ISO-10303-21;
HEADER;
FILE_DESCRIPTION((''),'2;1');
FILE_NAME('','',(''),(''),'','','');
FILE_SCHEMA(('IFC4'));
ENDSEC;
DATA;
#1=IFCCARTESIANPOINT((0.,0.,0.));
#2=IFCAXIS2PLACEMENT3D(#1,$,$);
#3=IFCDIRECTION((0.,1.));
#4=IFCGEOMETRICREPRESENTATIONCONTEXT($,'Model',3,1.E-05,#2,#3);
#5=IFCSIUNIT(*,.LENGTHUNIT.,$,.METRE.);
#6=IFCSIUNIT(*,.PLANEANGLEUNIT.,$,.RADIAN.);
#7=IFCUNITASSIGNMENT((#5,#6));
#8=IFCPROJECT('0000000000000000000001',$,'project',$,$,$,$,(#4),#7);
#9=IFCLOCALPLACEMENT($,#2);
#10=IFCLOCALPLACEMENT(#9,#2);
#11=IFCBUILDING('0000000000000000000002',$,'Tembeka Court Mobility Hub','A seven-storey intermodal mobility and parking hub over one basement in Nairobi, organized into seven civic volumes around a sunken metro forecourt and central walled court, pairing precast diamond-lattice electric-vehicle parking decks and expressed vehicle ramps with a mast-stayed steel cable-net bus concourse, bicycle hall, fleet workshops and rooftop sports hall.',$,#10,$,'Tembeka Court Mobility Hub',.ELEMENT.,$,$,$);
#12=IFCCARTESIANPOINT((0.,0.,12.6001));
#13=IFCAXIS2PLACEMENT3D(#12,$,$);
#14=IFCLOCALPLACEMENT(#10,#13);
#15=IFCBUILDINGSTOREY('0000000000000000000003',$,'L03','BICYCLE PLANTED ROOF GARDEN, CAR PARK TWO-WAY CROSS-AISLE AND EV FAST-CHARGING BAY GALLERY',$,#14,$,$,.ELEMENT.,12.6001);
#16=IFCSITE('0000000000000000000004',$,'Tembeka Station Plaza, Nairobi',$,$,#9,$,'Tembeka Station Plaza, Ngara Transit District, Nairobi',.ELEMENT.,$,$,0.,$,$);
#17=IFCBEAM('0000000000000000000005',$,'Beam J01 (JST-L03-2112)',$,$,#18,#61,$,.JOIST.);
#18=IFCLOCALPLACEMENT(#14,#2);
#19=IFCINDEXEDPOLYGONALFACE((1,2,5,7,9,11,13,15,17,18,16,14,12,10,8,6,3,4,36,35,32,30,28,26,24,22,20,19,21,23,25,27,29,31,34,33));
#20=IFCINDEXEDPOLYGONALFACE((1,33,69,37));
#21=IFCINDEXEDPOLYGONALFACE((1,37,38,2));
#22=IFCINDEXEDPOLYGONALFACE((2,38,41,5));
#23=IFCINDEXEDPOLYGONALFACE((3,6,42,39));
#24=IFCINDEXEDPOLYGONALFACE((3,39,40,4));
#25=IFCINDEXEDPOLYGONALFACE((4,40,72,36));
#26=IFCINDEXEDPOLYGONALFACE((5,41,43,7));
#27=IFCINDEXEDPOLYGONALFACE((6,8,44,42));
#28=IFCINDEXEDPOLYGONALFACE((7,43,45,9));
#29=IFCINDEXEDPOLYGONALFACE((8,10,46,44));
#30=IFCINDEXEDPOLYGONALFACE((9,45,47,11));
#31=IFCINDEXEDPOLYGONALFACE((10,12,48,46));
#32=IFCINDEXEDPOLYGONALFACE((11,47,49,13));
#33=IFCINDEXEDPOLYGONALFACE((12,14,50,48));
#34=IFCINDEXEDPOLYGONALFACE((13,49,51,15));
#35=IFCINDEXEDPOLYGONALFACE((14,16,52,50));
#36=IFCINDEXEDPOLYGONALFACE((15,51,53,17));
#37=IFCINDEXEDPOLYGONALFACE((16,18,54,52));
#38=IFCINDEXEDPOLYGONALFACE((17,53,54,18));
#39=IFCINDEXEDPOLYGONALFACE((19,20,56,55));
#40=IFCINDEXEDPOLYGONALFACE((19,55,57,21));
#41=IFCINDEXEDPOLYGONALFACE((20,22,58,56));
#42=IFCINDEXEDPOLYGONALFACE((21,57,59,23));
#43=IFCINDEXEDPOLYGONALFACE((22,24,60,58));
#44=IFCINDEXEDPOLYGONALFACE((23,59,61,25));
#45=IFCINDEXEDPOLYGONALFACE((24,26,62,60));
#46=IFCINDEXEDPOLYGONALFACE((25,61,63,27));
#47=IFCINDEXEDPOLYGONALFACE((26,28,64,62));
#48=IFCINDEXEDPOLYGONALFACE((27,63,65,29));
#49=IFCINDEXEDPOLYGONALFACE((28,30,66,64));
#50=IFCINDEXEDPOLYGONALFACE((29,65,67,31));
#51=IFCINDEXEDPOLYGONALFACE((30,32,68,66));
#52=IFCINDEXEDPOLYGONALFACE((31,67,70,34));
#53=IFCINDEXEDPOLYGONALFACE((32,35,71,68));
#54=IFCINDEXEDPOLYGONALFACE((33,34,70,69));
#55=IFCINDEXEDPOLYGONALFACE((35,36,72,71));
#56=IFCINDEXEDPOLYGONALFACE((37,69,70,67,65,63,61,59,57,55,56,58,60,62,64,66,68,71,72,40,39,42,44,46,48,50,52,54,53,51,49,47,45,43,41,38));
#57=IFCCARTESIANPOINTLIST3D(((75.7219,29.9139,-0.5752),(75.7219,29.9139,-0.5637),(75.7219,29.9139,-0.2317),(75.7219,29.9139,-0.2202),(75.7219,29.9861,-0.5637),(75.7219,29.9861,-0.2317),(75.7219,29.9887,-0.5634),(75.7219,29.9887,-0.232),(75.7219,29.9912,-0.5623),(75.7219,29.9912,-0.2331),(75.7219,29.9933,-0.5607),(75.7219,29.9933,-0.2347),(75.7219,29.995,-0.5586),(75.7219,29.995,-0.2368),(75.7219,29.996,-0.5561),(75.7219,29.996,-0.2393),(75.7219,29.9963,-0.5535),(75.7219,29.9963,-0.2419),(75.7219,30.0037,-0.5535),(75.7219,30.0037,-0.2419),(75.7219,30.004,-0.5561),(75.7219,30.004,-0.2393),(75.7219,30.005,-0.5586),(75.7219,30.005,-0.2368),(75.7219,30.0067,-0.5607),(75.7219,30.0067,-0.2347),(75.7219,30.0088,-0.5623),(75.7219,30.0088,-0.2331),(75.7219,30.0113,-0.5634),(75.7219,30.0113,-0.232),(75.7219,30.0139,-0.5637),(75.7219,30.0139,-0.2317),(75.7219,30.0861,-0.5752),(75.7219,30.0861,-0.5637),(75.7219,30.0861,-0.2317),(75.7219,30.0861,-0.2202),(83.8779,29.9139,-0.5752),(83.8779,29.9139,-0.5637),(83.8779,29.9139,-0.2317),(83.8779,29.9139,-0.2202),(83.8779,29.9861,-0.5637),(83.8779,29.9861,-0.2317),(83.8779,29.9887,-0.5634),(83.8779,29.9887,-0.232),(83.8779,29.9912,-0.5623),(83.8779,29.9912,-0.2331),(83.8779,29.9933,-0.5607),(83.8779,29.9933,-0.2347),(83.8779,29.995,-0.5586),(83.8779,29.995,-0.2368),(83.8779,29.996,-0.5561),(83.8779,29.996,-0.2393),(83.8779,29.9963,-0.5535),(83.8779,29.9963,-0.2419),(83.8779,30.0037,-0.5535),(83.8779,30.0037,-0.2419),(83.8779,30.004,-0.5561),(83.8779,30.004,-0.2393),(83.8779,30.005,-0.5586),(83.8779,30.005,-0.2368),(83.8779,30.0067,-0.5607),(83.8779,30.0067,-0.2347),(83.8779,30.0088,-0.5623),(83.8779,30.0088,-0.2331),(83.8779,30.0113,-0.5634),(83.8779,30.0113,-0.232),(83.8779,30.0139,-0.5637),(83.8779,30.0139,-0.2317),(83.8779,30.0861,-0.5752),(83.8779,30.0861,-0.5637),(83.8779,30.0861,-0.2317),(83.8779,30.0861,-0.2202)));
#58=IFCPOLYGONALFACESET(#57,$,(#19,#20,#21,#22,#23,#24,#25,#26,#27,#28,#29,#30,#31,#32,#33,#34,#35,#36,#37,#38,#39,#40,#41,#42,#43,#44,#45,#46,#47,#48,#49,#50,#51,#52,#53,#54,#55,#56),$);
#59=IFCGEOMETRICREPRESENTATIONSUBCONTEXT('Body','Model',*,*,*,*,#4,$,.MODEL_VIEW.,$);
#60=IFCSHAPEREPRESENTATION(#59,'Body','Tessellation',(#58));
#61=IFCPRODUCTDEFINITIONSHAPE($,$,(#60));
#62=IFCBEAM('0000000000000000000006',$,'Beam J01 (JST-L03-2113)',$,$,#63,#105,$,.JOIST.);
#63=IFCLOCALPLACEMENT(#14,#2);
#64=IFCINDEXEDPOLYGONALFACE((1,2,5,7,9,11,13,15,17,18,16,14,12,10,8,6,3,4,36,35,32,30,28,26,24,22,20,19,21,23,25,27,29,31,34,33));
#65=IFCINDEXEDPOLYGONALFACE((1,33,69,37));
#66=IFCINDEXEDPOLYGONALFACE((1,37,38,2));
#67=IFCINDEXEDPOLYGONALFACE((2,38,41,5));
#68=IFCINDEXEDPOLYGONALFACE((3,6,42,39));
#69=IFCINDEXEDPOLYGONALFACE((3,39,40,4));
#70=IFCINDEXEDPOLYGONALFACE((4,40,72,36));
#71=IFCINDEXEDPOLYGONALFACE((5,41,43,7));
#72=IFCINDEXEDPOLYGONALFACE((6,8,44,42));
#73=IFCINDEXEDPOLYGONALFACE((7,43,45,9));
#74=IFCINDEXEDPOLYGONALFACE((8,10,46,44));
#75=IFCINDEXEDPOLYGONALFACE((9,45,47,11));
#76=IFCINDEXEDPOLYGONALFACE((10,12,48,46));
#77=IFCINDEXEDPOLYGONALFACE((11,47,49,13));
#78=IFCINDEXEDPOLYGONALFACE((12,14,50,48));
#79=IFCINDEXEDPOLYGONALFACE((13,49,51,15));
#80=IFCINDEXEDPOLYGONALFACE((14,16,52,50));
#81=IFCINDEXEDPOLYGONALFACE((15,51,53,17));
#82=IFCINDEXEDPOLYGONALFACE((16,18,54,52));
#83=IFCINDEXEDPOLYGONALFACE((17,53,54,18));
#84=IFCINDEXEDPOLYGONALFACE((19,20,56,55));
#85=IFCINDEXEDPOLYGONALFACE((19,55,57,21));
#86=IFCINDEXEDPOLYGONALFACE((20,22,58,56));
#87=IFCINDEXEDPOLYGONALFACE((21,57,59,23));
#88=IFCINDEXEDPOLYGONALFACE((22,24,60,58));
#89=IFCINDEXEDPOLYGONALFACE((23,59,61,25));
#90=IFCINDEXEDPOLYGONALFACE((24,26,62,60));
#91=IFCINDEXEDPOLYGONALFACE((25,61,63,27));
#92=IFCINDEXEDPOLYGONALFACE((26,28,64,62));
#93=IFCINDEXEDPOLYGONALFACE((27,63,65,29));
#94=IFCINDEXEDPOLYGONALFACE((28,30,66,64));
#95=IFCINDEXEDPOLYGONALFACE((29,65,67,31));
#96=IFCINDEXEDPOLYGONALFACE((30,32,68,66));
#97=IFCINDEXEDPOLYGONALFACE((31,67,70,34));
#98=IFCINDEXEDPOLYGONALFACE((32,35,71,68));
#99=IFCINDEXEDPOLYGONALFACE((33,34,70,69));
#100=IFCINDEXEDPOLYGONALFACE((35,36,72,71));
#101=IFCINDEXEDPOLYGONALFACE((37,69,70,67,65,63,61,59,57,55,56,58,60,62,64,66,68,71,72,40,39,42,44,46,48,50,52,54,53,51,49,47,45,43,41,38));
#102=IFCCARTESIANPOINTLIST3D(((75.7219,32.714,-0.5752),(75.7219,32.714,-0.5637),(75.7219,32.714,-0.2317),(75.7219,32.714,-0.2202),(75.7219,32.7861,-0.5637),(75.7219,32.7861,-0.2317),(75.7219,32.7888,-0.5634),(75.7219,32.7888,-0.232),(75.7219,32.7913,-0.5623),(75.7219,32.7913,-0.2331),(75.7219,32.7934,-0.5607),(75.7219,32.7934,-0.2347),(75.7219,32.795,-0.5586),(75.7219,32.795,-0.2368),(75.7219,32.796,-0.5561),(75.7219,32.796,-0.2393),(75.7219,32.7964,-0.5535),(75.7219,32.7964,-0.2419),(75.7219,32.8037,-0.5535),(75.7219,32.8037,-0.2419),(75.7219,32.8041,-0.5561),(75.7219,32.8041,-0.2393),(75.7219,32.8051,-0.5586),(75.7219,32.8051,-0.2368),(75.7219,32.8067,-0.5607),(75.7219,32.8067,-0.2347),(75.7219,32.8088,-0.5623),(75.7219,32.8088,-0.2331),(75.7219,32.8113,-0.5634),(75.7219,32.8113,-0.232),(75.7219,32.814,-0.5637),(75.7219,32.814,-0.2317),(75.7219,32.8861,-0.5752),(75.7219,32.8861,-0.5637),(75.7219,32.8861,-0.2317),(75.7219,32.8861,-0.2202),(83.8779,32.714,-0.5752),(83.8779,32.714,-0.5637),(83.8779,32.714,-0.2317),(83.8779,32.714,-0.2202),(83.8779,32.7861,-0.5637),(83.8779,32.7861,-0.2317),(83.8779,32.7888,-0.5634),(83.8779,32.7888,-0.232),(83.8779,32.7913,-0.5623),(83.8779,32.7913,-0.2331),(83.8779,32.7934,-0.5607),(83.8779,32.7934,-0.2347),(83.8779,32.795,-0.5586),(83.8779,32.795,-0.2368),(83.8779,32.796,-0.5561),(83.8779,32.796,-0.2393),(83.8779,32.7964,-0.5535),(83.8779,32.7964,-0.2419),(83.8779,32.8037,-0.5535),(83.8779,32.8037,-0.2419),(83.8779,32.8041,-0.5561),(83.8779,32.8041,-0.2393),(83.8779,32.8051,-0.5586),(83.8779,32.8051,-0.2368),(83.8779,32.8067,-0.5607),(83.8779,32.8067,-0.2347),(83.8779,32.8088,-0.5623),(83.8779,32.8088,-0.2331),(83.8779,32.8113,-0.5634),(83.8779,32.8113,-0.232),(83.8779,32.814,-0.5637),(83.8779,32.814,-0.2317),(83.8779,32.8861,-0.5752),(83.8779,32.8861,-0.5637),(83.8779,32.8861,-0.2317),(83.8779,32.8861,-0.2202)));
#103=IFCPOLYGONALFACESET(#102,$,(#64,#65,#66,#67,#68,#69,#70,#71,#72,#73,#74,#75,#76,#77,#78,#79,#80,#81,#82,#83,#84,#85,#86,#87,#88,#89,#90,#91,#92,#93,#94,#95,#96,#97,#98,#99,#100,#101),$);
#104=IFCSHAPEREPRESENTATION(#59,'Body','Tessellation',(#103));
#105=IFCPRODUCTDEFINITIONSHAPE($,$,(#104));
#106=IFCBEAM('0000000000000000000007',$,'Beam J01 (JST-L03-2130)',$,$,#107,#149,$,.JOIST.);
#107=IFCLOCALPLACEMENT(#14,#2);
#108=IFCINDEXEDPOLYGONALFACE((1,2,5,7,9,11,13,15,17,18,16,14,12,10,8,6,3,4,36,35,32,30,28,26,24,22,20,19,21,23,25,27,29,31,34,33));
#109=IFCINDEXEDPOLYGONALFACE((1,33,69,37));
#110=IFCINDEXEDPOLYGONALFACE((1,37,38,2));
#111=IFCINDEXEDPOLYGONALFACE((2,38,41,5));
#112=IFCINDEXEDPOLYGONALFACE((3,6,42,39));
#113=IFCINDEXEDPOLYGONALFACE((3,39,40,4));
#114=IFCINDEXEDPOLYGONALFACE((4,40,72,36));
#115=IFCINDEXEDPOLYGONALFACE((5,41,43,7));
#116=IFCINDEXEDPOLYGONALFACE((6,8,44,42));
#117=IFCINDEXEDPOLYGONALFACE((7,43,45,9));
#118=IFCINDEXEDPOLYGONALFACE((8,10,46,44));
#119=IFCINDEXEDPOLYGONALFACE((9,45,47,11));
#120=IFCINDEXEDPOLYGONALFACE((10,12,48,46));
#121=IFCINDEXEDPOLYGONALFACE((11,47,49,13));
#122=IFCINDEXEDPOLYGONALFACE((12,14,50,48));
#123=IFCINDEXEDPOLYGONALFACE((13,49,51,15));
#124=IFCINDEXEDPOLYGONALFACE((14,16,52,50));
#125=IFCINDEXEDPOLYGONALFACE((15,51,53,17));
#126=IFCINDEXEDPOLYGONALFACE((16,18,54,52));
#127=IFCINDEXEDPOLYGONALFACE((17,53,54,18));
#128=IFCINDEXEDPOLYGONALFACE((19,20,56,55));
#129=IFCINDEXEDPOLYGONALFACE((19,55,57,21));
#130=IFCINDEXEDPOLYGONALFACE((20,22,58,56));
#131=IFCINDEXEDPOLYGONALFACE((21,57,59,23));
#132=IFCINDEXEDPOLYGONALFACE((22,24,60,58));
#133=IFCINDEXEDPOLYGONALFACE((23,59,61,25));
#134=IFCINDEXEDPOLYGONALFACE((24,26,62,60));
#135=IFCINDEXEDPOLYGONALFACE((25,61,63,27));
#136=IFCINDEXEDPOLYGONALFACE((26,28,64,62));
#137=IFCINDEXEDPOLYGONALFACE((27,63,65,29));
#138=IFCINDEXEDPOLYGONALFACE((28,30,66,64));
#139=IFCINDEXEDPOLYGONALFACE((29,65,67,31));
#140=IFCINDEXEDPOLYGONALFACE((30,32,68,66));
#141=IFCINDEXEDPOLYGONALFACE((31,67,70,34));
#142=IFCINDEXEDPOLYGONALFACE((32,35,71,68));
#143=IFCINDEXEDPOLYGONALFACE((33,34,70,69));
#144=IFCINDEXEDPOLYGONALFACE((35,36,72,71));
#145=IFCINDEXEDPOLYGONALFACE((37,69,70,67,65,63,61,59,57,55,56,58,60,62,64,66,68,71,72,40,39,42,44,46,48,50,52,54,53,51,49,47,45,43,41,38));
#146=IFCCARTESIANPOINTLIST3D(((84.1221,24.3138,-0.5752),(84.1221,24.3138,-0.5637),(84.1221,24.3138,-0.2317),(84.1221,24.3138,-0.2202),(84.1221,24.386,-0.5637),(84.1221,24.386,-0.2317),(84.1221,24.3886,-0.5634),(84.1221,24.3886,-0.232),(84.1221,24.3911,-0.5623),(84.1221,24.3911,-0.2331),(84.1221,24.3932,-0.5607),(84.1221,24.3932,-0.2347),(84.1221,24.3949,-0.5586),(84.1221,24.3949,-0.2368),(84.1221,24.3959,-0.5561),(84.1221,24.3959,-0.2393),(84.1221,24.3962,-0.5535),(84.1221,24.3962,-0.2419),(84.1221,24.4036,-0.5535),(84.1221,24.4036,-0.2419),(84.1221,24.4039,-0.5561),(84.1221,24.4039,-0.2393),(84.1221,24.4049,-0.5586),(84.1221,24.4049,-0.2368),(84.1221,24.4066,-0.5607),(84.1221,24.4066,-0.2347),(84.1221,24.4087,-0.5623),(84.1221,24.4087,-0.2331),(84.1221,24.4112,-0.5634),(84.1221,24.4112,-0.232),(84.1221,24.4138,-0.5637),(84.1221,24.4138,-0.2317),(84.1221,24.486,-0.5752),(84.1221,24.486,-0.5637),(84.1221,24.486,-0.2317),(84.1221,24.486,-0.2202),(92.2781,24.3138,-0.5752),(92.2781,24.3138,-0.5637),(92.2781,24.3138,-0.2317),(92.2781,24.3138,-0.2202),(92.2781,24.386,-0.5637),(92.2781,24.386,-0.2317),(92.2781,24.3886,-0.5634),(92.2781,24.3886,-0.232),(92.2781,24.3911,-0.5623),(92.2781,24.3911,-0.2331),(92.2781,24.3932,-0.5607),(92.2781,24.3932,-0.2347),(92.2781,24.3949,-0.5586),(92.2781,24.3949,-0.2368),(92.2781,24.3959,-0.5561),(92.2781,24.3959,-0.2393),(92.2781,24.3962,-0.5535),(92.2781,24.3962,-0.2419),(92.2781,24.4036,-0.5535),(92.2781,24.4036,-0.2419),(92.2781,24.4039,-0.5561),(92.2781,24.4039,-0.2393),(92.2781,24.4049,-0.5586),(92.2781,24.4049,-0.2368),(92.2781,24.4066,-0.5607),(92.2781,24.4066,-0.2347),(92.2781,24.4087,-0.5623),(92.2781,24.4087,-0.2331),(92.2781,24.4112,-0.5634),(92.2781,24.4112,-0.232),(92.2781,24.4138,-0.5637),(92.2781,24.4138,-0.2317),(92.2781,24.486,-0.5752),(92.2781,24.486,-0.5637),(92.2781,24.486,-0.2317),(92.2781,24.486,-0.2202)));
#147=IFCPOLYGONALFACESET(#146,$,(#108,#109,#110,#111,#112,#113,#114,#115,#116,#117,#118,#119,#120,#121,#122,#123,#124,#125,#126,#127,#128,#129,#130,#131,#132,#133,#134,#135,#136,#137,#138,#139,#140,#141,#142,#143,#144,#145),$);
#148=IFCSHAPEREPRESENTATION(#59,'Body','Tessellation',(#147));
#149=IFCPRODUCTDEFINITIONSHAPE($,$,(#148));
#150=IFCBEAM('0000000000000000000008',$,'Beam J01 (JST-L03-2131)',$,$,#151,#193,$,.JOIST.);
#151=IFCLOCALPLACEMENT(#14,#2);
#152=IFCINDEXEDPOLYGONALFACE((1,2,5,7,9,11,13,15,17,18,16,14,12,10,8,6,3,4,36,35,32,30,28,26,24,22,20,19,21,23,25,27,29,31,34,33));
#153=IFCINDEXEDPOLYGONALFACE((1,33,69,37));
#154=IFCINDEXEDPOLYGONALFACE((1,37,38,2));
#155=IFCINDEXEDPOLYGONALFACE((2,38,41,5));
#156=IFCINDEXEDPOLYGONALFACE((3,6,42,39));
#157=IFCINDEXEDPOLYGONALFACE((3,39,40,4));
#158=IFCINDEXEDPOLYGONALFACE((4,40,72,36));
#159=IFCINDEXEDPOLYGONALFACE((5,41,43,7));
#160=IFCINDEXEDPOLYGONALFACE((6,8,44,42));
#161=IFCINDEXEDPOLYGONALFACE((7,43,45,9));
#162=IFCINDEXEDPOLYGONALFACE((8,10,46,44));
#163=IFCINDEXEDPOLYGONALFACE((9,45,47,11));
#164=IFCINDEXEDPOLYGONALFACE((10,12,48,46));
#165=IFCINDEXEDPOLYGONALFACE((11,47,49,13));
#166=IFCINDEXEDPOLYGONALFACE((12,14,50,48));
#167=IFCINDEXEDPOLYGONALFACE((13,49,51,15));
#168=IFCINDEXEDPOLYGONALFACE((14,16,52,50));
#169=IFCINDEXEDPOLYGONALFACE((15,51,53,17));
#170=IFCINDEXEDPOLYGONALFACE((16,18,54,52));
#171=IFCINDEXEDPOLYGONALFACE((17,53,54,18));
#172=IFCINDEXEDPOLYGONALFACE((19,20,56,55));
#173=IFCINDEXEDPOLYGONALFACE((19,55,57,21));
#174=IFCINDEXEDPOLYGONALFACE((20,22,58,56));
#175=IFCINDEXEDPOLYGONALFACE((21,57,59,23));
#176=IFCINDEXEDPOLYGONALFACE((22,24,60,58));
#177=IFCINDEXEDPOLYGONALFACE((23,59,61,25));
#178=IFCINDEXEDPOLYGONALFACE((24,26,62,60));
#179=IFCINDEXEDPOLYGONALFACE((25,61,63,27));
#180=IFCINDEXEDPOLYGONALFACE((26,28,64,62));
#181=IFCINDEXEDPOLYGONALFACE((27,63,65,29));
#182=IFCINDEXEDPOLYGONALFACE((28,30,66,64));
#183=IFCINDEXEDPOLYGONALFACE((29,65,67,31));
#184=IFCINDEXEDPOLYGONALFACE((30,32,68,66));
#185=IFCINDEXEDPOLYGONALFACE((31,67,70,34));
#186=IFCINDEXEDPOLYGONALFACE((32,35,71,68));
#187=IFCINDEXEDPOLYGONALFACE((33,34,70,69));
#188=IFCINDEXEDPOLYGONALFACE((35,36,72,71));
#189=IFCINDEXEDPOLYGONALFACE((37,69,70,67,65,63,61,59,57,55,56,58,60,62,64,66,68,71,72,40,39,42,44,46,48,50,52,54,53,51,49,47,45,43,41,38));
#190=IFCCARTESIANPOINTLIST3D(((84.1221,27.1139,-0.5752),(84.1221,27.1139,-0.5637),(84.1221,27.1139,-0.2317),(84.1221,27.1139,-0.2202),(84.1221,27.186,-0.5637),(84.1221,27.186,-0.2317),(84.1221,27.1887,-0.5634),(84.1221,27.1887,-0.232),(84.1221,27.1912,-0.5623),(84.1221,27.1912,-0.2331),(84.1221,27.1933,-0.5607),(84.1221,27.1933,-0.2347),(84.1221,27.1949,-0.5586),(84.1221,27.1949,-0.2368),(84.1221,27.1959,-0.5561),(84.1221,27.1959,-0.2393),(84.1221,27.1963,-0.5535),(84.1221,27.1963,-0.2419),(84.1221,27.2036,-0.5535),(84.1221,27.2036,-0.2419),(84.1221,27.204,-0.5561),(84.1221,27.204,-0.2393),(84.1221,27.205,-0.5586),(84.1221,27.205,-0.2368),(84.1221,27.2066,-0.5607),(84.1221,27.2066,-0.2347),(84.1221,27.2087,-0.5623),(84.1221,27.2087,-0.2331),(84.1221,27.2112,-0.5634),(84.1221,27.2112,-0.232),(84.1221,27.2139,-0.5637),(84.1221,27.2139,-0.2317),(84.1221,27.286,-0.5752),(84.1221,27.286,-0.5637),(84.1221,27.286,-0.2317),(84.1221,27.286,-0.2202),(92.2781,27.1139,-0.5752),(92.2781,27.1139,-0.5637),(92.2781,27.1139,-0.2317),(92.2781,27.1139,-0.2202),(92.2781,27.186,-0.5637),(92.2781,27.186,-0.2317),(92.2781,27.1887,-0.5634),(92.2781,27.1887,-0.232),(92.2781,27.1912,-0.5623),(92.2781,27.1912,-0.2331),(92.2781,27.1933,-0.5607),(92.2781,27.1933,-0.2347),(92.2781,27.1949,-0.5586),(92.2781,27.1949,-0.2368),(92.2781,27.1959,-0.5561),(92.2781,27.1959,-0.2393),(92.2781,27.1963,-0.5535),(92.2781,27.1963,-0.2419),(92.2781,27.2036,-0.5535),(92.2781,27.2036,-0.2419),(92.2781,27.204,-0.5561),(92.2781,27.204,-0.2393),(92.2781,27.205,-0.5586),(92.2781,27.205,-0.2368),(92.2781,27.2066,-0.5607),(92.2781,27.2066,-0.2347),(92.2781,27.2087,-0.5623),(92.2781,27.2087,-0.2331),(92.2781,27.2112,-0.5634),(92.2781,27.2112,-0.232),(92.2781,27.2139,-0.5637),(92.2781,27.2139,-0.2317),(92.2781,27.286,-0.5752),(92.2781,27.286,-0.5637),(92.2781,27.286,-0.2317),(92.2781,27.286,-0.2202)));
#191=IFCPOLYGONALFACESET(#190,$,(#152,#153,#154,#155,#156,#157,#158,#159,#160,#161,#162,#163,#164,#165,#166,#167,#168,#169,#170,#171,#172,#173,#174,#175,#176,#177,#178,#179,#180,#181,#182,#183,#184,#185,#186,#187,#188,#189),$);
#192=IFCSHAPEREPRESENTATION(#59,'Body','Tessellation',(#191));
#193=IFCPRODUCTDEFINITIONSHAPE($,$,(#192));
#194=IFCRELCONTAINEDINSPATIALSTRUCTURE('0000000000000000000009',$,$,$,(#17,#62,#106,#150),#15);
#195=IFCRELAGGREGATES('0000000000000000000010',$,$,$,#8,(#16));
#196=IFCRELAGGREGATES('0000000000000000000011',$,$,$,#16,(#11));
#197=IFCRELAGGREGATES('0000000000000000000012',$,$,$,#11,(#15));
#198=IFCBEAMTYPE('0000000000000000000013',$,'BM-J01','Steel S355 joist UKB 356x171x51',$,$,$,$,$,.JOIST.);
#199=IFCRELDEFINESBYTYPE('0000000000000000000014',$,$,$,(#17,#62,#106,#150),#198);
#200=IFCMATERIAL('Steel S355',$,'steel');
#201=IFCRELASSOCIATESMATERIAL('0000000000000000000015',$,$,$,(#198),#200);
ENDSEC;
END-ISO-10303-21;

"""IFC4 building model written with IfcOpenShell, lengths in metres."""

from ifc_helpers import new_model, si_unit, direction, frame, origin, origin_2d, place, context, subcontext, project, spatial, i_section, extrude, material, material_profile, profile_set, type_object, element, save


model = new_model("IFC4")

# Units and contexts
model_context = context("Model", 3, precision=1e-05, world=origin(), true_north=direction((0.0, 1.0)))
body_context = subcontext(model_context, "Body", "Model", "MODEL_VIEW")
ifc_project = project(units=[si_unit("LENGTHUNIT", "METRE"), si_unit("PLANEANGLEUNIT", "RADIAN")], contexts=[model_context])

# Site, building, storey
site_placement = place(None, origin())
site = spatial("IfcSite", under=ifc_project, at=site_placement, Name="Tembeka Station Plaza, Nairobi", LongName="Tembeka Station Plaza, Ngara Transit District, Nairobi", CompositionType="ELEMENT", RefElevation=0.0)
building_placement = place(site_placement, origin())
building = spatial("IfcBuilding", under=site, at=building_placement, Name="Tembeka Court Mobility Hub", Description="A seven-storey intermodal mobility and parking hub over one basement in Nairobi, organized into seven civic volumes around a sunken metro forecourt and central walled court, pairing precast diamond-lattice electric-vehicle parking decks and expressed vehicle ramps with a mast-stayed steel cable-net bus concourse, bicycle hall, fleet workshops and rooftop sports hall.", LongName="Tembeka Court Mobility Hub", CompositionType="ELEMENT")
storey_placement = place(building_placement, frame((0.0, 0.0, 12.6001)))
storey = spatial("IfcBuildingStorey", under=building, at=storey_placement, Name="L03", Description="BICYCLE PLANTED ROOF GARDEN, CAR PARK TWO-WAY CROSS-AISLE AND EV FAST-CHARGING BAY GALLERY", CompositionType="ELEMENT", Elevation=12.6001)

# Shared definitions
ifc_material_1 = material(Name="Steel S355", Category="steel")

# Beams
ifc_material_profile_1 = material_profile(ifc_material_1, i_section(OverallWidth=0.1721, OverallDepth=0.355, WebThickness=0.0073, FlangeThickness=0.0115, FilletRadius=0.0103, at=origin_2d()), Name="UKB 356x171x51")
ifc_profile_set_1 = profile_set([ifc_material_profile_1], Name="Steel S355")
beam_type_1 = type_object("IfcBeamType", Name="BM-J01", Description="Steel S355 joist UKB 356x171x51", PredefinedType="JOIST", material=ifc_profile_set_1)
for number, where, z_axis, x_axis, name in (
    (1, (75.7219, 30.0, -0.3977), (1.0, 0.0, 0.0), (0.0, 1.0, 0.0), "Beam J01 (JST-L03-2112)"),
    (2, (75.7219, 32.8, -0.3977), (1.0, 0.0, 0.0), (0.0, 1.0, 0.0), "Beam J01 (JST-L03-2113)"),
    (3, (84.1221, 24.3999, -0.3977), (1.0, 0.0, 0.0), (0.0, 1.0, 0.0), "Beam J01 (JST-L03-2130)"),
    (4, (84.1221, 27.2, -0.3977), (1.0, 0.0, 0.0), (0.0, 1.0, 0.0), "Beam J01 (JST-L03-2131)"),
):
    element("IfcBeam", number, at=place(storey_placement, frame(where, z_axis=z_axis, x_axis=x_axis)), inside=storey, type_object=beam_type_1, Name=name, PredefinedType="JOIST", context=body_context, shape_type="SweptSolid", body=[
        extrude(i_section(OverallWidth=0.1721, OverallDepth=0.355, WebThickness=0.0073, FlangeThickness=0.0115, FilletRadius=0.0103, at=origin_2d()), origin(), (0.0, 0.0, 1.0), 8.156),
    ])

save(model, "model.ifc")
